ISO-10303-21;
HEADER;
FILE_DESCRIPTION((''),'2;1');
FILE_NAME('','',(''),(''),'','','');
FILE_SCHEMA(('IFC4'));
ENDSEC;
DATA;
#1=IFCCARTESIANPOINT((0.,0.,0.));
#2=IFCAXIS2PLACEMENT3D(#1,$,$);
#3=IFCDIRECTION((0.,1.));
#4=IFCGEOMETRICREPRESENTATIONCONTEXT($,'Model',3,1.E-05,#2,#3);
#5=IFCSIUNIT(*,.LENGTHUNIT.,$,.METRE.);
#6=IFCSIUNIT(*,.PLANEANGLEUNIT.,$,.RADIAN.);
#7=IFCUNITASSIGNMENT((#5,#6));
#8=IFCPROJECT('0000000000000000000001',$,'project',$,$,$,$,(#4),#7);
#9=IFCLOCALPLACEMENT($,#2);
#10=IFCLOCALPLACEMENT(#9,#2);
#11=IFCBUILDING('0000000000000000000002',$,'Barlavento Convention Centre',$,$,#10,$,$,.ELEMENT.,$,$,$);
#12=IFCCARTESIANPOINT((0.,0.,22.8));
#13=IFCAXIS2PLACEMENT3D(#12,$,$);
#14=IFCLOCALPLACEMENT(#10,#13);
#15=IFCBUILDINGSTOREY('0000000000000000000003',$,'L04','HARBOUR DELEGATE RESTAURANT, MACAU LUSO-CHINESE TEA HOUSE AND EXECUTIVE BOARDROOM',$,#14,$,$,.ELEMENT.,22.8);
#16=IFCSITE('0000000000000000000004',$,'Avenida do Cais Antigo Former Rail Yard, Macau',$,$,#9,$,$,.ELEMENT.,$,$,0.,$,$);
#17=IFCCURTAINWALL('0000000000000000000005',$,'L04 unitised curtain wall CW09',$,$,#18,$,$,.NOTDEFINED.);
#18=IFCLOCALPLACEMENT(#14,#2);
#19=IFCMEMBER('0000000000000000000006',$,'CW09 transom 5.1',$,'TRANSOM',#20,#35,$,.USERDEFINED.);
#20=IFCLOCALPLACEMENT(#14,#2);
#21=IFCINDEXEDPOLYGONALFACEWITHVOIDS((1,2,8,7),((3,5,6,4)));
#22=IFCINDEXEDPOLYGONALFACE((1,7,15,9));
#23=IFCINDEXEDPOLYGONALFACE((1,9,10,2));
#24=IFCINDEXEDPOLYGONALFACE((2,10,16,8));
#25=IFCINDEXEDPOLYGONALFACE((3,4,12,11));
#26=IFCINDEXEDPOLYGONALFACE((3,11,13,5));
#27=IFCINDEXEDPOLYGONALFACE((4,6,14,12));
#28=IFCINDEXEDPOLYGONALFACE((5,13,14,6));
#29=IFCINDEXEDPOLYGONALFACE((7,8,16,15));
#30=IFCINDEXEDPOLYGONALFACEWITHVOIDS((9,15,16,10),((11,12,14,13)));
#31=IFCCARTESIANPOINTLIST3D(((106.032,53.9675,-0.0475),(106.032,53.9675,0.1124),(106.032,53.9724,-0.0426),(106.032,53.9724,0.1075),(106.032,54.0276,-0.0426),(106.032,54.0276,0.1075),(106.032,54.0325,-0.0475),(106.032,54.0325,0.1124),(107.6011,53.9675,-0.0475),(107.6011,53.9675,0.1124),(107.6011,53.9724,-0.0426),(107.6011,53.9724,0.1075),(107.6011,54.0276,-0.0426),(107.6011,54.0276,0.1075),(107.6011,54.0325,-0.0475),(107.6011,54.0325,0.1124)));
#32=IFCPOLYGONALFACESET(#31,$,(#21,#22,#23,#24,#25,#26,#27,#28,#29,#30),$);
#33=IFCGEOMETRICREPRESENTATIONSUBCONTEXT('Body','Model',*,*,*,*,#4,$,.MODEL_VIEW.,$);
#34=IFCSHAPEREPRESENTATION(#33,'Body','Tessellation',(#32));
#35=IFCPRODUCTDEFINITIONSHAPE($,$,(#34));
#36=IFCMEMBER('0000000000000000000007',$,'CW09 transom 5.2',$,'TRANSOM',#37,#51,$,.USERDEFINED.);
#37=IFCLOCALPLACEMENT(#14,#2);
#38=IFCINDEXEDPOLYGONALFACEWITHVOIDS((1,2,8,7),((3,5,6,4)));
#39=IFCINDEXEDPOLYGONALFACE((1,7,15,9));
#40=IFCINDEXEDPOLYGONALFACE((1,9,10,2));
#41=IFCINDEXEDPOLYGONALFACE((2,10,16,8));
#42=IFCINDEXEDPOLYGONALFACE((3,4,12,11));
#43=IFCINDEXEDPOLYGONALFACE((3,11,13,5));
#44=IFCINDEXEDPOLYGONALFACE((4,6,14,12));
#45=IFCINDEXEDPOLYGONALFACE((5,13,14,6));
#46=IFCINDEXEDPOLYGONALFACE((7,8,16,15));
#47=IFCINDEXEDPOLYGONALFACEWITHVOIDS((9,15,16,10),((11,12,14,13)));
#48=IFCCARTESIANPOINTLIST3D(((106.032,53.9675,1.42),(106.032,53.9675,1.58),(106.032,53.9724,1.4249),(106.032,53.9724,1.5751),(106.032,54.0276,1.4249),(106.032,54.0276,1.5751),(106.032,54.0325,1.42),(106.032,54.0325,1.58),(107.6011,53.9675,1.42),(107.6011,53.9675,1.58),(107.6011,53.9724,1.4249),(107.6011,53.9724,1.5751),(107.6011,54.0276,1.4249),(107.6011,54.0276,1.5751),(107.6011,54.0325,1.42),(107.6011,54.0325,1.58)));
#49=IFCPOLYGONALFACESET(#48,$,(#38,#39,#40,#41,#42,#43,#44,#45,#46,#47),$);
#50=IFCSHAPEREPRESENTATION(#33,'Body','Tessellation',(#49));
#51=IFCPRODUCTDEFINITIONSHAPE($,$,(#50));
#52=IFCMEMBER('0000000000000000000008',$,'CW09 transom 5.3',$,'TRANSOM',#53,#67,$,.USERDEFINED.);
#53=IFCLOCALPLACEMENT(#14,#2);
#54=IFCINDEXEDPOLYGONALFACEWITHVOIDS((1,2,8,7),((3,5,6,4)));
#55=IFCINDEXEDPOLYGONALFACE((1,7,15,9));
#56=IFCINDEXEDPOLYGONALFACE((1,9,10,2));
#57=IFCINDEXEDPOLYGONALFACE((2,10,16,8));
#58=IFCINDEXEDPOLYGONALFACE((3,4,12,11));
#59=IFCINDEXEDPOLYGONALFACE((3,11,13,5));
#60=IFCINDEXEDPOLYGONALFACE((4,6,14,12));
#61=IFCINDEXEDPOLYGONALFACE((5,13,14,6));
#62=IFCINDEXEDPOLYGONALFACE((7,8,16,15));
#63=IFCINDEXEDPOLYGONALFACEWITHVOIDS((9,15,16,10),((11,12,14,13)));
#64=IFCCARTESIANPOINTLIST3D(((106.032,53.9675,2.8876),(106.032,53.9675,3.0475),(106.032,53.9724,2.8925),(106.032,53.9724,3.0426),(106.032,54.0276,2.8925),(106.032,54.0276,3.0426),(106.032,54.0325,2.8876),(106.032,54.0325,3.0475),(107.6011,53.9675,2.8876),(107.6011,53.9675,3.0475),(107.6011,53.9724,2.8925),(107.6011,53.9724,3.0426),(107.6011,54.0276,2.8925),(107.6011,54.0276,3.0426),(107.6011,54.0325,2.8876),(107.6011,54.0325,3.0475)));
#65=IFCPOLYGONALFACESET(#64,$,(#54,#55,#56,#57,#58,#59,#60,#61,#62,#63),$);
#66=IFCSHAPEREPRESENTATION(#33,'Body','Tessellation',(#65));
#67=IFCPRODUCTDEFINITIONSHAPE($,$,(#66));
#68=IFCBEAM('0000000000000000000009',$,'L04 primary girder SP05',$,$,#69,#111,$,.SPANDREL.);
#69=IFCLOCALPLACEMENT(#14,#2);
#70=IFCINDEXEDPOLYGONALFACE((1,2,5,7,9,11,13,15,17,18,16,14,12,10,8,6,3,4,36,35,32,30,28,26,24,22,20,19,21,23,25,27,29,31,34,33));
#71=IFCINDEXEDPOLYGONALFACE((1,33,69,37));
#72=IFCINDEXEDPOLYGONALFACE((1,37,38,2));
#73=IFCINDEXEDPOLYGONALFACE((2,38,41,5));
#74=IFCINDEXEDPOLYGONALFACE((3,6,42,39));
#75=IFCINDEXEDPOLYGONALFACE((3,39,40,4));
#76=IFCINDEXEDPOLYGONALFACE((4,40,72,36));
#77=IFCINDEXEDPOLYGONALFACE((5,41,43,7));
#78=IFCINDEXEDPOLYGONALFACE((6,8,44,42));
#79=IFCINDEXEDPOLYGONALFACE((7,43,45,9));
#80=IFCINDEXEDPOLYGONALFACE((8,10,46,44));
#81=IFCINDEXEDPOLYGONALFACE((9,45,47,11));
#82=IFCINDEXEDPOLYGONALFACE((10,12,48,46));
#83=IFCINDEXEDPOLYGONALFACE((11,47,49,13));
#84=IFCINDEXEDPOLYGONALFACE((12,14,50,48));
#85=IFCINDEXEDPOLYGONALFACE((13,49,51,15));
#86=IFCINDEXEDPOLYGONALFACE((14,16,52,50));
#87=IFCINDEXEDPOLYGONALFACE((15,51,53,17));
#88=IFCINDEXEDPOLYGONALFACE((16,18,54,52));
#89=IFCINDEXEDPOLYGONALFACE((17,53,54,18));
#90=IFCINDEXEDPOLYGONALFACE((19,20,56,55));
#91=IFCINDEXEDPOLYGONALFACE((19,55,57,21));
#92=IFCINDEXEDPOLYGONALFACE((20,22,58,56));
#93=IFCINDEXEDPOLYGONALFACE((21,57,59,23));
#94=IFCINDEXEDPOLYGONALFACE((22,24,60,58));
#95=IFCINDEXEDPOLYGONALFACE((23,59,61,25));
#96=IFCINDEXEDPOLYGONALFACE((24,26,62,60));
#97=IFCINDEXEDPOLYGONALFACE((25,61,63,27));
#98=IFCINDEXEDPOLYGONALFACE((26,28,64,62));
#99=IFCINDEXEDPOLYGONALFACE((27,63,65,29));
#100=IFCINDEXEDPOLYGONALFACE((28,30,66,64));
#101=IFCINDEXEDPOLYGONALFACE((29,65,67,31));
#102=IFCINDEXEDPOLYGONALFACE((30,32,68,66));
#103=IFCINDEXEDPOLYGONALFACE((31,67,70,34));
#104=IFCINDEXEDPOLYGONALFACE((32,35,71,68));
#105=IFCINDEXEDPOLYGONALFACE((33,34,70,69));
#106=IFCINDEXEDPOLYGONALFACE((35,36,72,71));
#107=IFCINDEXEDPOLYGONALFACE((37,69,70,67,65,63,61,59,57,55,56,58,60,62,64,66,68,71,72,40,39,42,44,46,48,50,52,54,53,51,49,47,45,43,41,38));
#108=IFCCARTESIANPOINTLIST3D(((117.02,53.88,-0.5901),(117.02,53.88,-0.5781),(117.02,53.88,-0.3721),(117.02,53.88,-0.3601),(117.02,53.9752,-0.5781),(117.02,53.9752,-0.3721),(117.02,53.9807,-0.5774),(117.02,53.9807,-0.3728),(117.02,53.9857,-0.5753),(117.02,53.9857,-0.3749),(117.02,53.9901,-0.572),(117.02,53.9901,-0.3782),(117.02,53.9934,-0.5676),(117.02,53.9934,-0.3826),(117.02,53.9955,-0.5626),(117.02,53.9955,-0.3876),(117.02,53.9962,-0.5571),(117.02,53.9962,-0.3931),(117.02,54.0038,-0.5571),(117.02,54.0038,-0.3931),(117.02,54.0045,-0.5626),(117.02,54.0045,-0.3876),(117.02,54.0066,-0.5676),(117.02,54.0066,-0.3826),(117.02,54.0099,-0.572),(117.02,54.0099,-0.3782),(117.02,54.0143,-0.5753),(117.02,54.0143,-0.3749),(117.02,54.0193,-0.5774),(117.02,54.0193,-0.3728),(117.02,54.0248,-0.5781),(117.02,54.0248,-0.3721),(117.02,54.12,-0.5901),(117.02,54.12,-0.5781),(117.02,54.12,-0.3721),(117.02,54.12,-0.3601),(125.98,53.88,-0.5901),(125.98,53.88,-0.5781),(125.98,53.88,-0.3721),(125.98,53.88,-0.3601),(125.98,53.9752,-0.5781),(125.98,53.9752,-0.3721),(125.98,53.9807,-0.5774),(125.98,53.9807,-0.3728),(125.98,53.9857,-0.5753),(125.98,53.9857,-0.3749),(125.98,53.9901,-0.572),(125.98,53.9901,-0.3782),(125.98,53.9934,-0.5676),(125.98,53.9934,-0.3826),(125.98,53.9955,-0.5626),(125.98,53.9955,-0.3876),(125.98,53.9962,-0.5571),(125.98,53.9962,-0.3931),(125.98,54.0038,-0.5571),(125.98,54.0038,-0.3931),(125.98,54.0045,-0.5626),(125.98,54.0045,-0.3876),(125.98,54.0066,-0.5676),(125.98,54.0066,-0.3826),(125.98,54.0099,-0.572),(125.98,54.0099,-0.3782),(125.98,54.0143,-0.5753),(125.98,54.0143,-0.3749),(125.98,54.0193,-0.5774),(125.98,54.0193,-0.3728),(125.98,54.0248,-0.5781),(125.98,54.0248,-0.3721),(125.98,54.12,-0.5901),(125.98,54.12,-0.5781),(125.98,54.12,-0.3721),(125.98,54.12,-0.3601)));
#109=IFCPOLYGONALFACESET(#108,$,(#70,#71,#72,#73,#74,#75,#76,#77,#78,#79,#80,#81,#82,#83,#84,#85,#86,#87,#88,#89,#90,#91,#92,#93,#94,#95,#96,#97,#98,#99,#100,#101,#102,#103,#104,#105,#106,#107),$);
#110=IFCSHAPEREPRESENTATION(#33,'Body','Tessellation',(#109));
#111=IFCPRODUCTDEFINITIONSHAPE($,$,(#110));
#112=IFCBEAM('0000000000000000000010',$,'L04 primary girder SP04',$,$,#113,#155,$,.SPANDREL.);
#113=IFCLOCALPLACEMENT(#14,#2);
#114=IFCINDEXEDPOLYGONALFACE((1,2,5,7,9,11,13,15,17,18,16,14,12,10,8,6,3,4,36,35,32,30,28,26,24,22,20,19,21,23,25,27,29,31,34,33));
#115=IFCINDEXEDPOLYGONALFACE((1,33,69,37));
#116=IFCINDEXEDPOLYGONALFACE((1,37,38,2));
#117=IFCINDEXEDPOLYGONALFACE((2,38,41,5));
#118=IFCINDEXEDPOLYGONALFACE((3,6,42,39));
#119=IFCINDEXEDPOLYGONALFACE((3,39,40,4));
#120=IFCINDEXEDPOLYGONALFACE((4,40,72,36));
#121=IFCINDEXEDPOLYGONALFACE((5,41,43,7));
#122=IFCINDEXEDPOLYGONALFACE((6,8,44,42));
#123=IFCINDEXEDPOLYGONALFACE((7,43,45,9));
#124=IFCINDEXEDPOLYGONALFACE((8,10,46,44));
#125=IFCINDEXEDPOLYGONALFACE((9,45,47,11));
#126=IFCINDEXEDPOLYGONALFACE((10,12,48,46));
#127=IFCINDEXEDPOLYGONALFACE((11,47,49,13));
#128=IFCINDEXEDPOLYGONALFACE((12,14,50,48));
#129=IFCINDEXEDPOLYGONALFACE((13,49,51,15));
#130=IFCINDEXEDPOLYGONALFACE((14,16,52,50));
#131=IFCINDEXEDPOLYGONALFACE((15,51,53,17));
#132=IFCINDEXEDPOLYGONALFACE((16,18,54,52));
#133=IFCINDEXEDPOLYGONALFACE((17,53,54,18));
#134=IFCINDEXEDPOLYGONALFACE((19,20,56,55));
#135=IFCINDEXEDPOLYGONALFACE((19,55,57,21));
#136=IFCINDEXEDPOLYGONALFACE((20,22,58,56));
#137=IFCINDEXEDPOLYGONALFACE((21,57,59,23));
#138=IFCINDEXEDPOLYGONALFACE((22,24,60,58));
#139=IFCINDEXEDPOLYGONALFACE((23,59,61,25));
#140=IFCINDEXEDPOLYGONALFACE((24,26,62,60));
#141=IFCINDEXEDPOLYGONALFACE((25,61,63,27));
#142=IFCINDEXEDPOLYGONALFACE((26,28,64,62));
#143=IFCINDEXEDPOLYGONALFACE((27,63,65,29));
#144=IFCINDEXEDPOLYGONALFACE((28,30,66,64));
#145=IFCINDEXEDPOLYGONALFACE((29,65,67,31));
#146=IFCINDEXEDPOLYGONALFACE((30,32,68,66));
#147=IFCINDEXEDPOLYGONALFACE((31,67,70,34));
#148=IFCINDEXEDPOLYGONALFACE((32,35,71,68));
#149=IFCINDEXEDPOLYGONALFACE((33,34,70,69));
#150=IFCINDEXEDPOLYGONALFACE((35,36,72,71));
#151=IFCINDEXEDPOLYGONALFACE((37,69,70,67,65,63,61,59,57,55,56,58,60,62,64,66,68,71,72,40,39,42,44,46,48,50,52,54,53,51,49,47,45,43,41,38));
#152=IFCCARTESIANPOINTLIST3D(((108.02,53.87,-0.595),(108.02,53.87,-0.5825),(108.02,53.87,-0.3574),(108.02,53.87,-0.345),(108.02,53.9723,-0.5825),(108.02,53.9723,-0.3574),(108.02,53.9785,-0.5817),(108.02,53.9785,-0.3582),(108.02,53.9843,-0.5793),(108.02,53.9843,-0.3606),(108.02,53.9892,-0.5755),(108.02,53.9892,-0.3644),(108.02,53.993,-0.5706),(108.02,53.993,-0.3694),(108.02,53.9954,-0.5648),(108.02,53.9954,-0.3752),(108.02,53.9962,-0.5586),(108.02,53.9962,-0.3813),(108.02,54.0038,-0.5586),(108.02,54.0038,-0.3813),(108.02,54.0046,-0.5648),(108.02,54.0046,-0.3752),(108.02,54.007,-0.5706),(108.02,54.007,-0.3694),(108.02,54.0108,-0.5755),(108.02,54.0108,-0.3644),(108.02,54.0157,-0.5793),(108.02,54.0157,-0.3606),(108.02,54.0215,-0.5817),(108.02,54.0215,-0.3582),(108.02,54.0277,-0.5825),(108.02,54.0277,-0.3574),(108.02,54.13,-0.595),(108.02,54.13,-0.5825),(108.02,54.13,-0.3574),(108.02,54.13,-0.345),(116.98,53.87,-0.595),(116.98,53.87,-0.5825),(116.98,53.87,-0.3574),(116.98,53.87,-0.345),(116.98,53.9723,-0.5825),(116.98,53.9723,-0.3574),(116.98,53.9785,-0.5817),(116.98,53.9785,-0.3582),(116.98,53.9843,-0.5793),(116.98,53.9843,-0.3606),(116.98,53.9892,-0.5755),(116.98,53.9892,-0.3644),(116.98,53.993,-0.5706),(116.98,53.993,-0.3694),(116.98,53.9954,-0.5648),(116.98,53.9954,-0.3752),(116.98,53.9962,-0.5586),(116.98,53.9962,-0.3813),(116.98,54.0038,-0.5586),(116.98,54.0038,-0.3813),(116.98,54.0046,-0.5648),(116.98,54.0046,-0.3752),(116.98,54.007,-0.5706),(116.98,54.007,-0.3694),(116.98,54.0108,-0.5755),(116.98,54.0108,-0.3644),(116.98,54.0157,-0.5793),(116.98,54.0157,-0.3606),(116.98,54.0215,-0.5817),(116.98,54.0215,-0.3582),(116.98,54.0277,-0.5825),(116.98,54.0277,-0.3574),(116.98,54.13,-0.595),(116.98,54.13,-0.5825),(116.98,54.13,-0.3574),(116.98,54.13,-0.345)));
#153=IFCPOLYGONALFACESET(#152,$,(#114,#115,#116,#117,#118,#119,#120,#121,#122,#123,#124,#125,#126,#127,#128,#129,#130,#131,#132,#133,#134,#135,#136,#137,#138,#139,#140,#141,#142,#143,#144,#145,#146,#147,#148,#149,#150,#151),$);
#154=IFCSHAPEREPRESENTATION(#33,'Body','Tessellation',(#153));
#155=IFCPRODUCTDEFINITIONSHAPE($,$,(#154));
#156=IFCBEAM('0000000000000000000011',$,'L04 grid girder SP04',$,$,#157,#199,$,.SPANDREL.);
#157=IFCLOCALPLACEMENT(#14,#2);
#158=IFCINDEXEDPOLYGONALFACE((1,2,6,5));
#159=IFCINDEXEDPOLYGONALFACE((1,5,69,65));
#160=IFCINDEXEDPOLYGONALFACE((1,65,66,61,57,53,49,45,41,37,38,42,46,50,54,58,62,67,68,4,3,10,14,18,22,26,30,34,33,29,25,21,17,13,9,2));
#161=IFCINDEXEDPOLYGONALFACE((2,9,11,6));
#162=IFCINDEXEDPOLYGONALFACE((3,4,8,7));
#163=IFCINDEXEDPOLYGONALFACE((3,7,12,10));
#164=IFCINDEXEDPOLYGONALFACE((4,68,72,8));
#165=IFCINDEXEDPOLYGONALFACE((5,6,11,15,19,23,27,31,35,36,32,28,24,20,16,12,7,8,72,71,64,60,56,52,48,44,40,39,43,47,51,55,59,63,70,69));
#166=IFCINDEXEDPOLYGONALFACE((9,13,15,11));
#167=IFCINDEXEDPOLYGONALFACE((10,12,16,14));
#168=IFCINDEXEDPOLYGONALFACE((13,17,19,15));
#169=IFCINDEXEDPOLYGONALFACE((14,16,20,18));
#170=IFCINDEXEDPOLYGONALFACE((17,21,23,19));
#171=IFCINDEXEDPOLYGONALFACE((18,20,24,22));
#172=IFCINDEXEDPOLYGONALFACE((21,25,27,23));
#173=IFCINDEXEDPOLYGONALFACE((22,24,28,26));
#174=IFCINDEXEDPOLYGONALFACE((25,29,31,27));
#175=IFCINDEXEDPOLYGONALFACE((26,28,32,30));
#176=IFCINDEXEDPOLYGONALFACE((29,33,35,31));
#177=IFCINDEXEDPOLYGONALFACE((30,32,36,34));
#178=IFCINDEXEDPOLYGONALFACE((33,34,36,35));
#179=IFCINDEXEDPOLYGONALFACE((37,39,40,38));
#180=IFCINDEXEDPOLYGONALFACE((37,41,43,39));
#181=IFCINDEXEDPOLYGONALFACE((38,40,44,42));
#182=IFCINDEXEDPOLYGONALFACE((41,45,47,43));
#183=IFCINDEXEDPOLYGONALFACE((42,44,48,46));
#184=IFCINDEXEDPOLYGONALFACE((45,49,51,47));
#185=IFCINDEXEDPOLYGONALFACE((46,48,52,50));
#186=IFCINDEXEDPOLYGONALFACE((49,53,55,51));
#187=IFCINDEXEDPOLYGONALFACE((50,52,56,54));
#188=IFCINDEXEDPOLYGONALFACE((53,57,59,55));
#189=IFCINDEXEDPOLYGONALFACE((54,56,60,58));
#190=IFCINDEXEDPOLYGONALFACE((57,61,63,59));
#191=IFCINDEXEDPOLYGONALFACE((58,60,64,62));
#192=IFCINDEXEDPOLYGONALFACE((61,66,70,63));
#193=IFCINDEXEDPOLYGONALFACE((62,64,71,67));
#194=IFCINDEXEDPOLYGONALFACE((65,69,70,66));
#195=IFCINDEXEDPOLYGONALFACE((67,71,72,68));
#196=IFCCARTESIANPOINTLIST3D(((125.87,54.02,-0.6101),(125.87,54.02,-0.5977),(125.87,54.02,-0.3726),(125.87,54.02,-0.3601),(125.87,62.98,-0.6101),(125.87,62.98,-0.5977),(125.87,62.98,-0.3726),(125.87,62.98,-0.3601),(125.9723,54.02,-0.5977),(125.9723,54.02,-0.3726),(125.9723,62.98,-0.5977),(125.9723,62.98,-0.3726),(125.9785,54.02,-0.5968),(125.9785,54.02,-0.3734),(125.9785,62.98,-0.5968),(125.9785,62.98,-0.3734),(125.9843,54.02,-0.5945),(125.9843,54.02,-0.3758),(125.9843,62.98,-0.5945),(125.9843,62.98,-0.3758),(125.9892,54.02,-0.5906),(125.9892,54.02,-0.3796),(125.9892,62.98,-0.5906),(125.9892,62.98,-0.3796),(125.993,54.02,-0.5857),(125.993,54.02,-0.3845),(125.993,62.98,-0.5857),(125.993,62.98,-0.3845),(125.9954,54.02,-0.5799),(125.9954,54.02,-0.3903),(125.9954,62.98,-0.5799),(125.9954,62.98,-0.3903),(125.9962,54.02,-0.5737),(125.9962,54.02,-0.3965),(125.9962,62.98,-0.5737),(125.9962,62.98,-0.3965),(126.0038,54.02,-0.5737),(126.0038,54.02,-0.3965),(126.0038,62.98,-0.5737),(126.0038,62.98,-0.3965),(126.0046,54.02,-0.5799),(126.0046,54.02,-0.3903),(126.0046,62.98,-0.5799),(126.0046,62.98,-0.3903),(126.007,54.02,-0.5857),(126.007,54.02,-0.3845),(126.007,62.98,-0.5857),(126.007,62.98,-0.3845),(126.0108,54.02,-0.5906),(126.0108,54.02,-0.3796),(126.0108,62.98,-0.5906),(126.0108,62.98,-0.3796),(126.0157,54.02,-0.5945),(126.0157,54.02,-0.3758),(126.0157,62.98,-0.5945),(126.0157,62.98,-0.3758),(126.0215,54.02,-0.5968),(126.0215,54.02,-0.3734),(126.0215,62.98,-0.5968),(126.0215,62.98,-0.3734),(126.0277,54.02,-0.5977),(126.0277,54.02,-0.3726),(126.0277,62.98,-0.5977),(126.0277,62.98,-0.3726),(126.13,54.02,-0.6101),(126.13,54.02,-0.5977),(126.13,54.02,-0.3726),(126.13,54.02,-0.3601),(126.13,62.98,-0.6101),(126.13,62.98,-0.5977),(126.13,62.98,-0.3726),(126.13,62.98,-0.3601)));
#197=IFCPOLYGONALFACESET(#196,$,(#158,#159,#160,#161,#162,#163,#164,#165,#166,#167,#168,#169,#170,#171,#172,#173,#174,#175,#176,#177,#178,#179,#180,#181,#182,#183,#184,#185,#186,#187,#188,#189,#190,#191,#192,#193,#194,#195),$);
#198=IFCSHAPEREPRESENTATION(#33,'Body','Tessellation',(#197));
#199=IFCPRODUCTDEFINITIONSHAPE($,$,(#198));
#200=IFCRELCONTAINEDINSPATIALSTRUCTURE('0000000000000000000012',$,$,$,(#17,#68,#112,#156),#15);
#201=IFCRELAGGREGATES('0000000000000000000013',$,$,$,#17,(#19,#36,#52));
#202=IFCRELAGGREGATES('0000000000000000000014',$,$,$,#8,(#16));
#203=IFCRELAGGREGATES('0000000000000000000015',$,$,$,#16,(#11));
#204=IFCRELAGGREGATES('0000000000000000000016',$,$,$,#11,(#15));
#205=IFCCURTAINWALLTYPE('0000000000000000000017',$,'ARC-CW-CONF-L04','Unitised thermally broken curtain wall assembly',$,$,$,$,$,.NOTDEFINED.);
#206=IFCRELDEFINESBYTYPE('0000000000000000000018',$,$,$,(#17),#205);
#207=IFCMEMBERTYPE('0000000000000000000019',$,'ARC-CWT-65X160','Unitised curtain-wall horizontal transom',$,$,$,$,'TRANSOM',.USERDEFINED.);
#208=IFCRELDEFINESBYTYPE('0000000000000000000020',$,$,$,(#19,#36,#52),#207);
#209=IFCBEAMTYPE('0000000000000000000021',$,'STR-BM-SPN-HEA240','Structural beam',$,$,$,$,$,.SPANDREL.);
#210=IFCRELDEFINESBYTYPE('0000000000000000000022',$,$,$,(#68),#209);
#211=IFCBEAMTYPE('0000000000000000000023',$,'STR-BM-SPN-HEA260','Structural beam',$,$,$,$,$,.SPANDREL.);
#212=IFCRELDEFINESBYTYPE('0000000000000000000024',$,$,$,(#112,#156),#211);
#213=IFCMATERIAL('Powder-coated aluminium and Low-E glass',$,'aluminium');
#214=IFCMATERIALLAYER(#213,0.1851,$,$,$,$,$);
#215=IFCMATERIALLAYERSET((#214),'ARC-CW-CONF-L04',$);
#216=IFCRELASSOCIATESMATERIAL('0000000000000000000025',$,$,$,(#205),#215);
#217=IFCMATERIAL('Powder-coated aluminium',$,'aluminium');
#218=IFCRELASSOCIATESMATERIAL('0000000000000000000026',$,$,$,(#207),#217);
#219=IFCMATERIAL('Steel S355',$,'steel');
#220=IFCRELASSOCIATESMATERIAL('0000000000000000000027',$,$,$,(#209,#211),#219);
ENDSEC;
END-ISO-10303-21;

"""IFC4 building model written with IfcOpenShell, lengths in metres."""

from ifc_helpers import new_model, si_unit, direction, frame, origin, origin_2d, place, context, subcontext, project, spatial, hollow_rectangle, i_section, extrude, material, layer, layer_set, material_profile, profile_set, type_object, element, aggregate, save


model = new_model("IFC4")

# Units and contexts
model_context = context("Model", 3, precision=1e-05, world=origin(), true_north=direction((0.0, 1.0)))
body_context = subcontext(model_context, "Body", "Model", "MODEL_VIEW")
ifc_project = project(units=[si_unit("LENGTHUNIT", "METRE"), si_unit("PLANEANGLEUNIT", "RADIAN")], contexts=[model_context])

# Site, building, storey
site_placement = place(None, origin())
site = spatial("IfcSite", under=ifc_project, at=site_placement, Name="Avenida do Cais Antigo Former Rail Yard, Macau", CompositionType="ELEMENT", RefElevation=0.0)
building_placement = place(site_placement, origin())
building = spatial("IfcBuilding", under=site, at=building_placement, Name="Barlavento Convention Centre", CompositionType="ELEMENT")
storey_placement = place(building_placement, frame((0.0, 0.0, 22.8)))
storey = spatial("IfcBuildingStorey", under=building, at=storey_placement, Name="L04", Description="HARBOUR DELEGATE RESTAURANT, MACAU LUSO-CHINESE TEA HOUSE AND EXECUTIVE BOARDROOM", CompositionType="ELEMENT", Elevation=22.8)

# Shared definitions
ifc_material_1 = material(Name="Steel S355", Category="steel")

# Shared definitions
ifc_material_2 = material(Name="Powder-coated aluminium and Low-E glass", Category="aluminium")
ifc_layer_1 = layer(ifc_material_2, 0.1851)
ifc_layer_set_1 = layer_set([ifc_layer_1], Name="ARC-CW-CONF-L04")
curtain_wall_type = type_object("IfcCurtainWallType", Name="ARC-CW-CONF-L04", Description="Unitised thermally broken curtain wall assembly", PredefinedType="NOTDEFINED", material=ifc_layer_set_1)
ifc_material_3 = material(Name="Powder-coated aluminium", Category="aluminium")

# Curtain wall
curtain_wall_1_placement = place(storey_placement, origin())
curtain_wall_1 = element("IfcCurtainWall", 1, at=curtain_wall_1_placement, inside=storey, type_object=curtain_wall_type, Name="L04 unitised curtain wall CW09", PredefinedType="NOTDEFINED")

# Members
ifc_material_profile_1 = material_profile(ifc_material_3, hollow_rectangle(XDim=0.0649, YDim=0.1599, WallThickness=0.0049, at=origin_2d()), Name="AL-TRAN 65x160x5")
ifc_profile_set_1 = profile_set([ifc_material_profile_1], Name="Powder-coated aluminium")
member_type_1 = type_object("IfcMemberType", Name="ARC-CWT-65X160", Description="Unitised curtain-wall horizontal transom", ElementType="TRANSOM", PredefinedType="USERDEFINED", material=ifc_profile_set_1)
member_1_placement = place(storey_placement, frame((106.032, 54.0, 0.0325), z_axis=(1.0, 0.0, 0.0), x_axis=(0.0, 1.0, 0.0)))
member_1 = element("IfcMember", 2, at=member_1_placement, type_object=member_type_1, Name="CW09 transom 5.1", ObjectType="TRANSOM", PredefinedType="USERDEFINED", context=body_context, shape_type="SweptSolid", body=[
    extrude(hollow_rectangle(XDim=0.0649, YDim=0.1599, WallThickness=0.0049, at=origin_2d()), origin(), (0.0, 0.0, 1.0), 1.5691),
])
member_2_placement = place(storey_placement, frame((106.032, 54.0, 1.5), z_axis=(1.0, 0.0, 0.0), x_axis=(0.0, 1.0, 0.0)))
member_2 = element("IfcMember", 3, at=member_2_placement, type_object=member_type_1, Name="CW09 transom 5.2", ObjectType="TRANSOM", PredefinedType="USERDEFINED", context=body_context, shape_type="SweptSolid", body=[
    extrude(hollow_rectangle(XDim=0.0649, YDim=0.1599, WallThickness=0.0049, at=origin_2d()), origin(), (0.0, 0.0, 1.0), 1.5691),
])
member_3_placement = place(storey_placement, frame((106.032, 54.0, 2.9675), z_axis=(1.0, 0.0, 0.0), x_axis=(0.0, 1.0, 0.0)))
member_3 = element("IfcMember", 4, at=member_3_placement, type_object=member_type_1, Name="CW09 transom 5.3", ObjectType="TRANSOM", PredefinedType="USERDEFINED", context=body_context, shape_type="SweptSolid", body=[
    extrude(hollow_rectangle(XDim=0.0649, YDim=0.1599, WallThickness=0.0049, at=origin_2d()), origin(), (0.0, 0.0, 1.0), 1.5691),
])

# Beams
ifc_material_profile_2 = material_profile(ifc_material_1, i_section(OverallWidth=0.24, OverallDepth=0.23, WebThickness=0.0076, FlangeThickness=0.012, FilletRadius=0.021, at=origin_2d()), Name="HEA 240")
ifc_profile_set_2 = profile_set([ifc_material_profile_2], Name="Steel S355")
beam_type_1 = type_object("IfcBeamType", Name="STR-BM-SPN-HEA240", Description="Structural beam", PredefinedType="SPANDREL", material=ifc_profile_set_2)
beam_placement = place(storey_placement, frame((117.02, 54.0, -0.4751), z_axis=(1.0, 0.0, 0.0), x_axis=(0.0, 1.0, 0.0)))
element("IfcBeam", 5, at=beam_placement, inside=storey, type_object=beam_type_1, Name="L04 primary girder SP05", PredefinedType="SPANDREL", context=body_context, shape_type="SweptSolid", body=[
    extrude(i_section(OverallWidth=0.24, OverallDepth=0.23, WebThickness=0.0076, FlangeThickness=0.012, FilletRadius=0.021, at=origin_2d()), origin(), (0.0, 0.0, 1.0), 8.96),
])
ifc_material_profile_3 = material_profile(ifc_material_1, i_section(OverallWidth=0.26, OverallDepth=0.25, WebThickness=0.0076, FlangeThickness=0.0125, FilletRadius=0.0239, at=origin_2d()), Name="HEA 260")
ifc_profile_set_3 = profile_set([ifc_material_profile_3], Name="Steel S355")
beam_type_2 = type_object("IfcBeamType", Name="STR-BM-SPN-HEA260", Description="Structural beam", PredefinedType="SPANDREL", material=ifc_profile_set_3)
for number, where, z_axis, x_axis, name in (
    (6, (108.02, 54.0, -0.47), (1.0, 0.0, 0.0), (0.0, 1.0, 0.0), "L04 primary girder SP04"),
    (7, (126.0, 54.02, -0.4851), (0.0, 1.0, 0.0), (-1.0, 0.0, 0.0), "L04 grid girder SP04"),
):
    element("IfcBeam", number, at=place(storey_placement, frame(where, z_axis=z_axis, x_axis=x_axis)), inside=storey, type_object=beam_type_2, Name=name, PredefinedType="SPANDREL", context=body_context, shape_type="SweptSolid", body=[
        extrude(i_section(OverallWidth=0.26, OverallDepth=0.25, WebThickness=0.0076, FlangeThickness=0.0125, FilletRadius=0.0239, at=origin_2d()), origin(), (0.0, 0.0, 1.0), 8.96),
    ])

aggregate(curtain_wall_1, [member_1, member_2, member_3])

save(model, "model.ifc")
